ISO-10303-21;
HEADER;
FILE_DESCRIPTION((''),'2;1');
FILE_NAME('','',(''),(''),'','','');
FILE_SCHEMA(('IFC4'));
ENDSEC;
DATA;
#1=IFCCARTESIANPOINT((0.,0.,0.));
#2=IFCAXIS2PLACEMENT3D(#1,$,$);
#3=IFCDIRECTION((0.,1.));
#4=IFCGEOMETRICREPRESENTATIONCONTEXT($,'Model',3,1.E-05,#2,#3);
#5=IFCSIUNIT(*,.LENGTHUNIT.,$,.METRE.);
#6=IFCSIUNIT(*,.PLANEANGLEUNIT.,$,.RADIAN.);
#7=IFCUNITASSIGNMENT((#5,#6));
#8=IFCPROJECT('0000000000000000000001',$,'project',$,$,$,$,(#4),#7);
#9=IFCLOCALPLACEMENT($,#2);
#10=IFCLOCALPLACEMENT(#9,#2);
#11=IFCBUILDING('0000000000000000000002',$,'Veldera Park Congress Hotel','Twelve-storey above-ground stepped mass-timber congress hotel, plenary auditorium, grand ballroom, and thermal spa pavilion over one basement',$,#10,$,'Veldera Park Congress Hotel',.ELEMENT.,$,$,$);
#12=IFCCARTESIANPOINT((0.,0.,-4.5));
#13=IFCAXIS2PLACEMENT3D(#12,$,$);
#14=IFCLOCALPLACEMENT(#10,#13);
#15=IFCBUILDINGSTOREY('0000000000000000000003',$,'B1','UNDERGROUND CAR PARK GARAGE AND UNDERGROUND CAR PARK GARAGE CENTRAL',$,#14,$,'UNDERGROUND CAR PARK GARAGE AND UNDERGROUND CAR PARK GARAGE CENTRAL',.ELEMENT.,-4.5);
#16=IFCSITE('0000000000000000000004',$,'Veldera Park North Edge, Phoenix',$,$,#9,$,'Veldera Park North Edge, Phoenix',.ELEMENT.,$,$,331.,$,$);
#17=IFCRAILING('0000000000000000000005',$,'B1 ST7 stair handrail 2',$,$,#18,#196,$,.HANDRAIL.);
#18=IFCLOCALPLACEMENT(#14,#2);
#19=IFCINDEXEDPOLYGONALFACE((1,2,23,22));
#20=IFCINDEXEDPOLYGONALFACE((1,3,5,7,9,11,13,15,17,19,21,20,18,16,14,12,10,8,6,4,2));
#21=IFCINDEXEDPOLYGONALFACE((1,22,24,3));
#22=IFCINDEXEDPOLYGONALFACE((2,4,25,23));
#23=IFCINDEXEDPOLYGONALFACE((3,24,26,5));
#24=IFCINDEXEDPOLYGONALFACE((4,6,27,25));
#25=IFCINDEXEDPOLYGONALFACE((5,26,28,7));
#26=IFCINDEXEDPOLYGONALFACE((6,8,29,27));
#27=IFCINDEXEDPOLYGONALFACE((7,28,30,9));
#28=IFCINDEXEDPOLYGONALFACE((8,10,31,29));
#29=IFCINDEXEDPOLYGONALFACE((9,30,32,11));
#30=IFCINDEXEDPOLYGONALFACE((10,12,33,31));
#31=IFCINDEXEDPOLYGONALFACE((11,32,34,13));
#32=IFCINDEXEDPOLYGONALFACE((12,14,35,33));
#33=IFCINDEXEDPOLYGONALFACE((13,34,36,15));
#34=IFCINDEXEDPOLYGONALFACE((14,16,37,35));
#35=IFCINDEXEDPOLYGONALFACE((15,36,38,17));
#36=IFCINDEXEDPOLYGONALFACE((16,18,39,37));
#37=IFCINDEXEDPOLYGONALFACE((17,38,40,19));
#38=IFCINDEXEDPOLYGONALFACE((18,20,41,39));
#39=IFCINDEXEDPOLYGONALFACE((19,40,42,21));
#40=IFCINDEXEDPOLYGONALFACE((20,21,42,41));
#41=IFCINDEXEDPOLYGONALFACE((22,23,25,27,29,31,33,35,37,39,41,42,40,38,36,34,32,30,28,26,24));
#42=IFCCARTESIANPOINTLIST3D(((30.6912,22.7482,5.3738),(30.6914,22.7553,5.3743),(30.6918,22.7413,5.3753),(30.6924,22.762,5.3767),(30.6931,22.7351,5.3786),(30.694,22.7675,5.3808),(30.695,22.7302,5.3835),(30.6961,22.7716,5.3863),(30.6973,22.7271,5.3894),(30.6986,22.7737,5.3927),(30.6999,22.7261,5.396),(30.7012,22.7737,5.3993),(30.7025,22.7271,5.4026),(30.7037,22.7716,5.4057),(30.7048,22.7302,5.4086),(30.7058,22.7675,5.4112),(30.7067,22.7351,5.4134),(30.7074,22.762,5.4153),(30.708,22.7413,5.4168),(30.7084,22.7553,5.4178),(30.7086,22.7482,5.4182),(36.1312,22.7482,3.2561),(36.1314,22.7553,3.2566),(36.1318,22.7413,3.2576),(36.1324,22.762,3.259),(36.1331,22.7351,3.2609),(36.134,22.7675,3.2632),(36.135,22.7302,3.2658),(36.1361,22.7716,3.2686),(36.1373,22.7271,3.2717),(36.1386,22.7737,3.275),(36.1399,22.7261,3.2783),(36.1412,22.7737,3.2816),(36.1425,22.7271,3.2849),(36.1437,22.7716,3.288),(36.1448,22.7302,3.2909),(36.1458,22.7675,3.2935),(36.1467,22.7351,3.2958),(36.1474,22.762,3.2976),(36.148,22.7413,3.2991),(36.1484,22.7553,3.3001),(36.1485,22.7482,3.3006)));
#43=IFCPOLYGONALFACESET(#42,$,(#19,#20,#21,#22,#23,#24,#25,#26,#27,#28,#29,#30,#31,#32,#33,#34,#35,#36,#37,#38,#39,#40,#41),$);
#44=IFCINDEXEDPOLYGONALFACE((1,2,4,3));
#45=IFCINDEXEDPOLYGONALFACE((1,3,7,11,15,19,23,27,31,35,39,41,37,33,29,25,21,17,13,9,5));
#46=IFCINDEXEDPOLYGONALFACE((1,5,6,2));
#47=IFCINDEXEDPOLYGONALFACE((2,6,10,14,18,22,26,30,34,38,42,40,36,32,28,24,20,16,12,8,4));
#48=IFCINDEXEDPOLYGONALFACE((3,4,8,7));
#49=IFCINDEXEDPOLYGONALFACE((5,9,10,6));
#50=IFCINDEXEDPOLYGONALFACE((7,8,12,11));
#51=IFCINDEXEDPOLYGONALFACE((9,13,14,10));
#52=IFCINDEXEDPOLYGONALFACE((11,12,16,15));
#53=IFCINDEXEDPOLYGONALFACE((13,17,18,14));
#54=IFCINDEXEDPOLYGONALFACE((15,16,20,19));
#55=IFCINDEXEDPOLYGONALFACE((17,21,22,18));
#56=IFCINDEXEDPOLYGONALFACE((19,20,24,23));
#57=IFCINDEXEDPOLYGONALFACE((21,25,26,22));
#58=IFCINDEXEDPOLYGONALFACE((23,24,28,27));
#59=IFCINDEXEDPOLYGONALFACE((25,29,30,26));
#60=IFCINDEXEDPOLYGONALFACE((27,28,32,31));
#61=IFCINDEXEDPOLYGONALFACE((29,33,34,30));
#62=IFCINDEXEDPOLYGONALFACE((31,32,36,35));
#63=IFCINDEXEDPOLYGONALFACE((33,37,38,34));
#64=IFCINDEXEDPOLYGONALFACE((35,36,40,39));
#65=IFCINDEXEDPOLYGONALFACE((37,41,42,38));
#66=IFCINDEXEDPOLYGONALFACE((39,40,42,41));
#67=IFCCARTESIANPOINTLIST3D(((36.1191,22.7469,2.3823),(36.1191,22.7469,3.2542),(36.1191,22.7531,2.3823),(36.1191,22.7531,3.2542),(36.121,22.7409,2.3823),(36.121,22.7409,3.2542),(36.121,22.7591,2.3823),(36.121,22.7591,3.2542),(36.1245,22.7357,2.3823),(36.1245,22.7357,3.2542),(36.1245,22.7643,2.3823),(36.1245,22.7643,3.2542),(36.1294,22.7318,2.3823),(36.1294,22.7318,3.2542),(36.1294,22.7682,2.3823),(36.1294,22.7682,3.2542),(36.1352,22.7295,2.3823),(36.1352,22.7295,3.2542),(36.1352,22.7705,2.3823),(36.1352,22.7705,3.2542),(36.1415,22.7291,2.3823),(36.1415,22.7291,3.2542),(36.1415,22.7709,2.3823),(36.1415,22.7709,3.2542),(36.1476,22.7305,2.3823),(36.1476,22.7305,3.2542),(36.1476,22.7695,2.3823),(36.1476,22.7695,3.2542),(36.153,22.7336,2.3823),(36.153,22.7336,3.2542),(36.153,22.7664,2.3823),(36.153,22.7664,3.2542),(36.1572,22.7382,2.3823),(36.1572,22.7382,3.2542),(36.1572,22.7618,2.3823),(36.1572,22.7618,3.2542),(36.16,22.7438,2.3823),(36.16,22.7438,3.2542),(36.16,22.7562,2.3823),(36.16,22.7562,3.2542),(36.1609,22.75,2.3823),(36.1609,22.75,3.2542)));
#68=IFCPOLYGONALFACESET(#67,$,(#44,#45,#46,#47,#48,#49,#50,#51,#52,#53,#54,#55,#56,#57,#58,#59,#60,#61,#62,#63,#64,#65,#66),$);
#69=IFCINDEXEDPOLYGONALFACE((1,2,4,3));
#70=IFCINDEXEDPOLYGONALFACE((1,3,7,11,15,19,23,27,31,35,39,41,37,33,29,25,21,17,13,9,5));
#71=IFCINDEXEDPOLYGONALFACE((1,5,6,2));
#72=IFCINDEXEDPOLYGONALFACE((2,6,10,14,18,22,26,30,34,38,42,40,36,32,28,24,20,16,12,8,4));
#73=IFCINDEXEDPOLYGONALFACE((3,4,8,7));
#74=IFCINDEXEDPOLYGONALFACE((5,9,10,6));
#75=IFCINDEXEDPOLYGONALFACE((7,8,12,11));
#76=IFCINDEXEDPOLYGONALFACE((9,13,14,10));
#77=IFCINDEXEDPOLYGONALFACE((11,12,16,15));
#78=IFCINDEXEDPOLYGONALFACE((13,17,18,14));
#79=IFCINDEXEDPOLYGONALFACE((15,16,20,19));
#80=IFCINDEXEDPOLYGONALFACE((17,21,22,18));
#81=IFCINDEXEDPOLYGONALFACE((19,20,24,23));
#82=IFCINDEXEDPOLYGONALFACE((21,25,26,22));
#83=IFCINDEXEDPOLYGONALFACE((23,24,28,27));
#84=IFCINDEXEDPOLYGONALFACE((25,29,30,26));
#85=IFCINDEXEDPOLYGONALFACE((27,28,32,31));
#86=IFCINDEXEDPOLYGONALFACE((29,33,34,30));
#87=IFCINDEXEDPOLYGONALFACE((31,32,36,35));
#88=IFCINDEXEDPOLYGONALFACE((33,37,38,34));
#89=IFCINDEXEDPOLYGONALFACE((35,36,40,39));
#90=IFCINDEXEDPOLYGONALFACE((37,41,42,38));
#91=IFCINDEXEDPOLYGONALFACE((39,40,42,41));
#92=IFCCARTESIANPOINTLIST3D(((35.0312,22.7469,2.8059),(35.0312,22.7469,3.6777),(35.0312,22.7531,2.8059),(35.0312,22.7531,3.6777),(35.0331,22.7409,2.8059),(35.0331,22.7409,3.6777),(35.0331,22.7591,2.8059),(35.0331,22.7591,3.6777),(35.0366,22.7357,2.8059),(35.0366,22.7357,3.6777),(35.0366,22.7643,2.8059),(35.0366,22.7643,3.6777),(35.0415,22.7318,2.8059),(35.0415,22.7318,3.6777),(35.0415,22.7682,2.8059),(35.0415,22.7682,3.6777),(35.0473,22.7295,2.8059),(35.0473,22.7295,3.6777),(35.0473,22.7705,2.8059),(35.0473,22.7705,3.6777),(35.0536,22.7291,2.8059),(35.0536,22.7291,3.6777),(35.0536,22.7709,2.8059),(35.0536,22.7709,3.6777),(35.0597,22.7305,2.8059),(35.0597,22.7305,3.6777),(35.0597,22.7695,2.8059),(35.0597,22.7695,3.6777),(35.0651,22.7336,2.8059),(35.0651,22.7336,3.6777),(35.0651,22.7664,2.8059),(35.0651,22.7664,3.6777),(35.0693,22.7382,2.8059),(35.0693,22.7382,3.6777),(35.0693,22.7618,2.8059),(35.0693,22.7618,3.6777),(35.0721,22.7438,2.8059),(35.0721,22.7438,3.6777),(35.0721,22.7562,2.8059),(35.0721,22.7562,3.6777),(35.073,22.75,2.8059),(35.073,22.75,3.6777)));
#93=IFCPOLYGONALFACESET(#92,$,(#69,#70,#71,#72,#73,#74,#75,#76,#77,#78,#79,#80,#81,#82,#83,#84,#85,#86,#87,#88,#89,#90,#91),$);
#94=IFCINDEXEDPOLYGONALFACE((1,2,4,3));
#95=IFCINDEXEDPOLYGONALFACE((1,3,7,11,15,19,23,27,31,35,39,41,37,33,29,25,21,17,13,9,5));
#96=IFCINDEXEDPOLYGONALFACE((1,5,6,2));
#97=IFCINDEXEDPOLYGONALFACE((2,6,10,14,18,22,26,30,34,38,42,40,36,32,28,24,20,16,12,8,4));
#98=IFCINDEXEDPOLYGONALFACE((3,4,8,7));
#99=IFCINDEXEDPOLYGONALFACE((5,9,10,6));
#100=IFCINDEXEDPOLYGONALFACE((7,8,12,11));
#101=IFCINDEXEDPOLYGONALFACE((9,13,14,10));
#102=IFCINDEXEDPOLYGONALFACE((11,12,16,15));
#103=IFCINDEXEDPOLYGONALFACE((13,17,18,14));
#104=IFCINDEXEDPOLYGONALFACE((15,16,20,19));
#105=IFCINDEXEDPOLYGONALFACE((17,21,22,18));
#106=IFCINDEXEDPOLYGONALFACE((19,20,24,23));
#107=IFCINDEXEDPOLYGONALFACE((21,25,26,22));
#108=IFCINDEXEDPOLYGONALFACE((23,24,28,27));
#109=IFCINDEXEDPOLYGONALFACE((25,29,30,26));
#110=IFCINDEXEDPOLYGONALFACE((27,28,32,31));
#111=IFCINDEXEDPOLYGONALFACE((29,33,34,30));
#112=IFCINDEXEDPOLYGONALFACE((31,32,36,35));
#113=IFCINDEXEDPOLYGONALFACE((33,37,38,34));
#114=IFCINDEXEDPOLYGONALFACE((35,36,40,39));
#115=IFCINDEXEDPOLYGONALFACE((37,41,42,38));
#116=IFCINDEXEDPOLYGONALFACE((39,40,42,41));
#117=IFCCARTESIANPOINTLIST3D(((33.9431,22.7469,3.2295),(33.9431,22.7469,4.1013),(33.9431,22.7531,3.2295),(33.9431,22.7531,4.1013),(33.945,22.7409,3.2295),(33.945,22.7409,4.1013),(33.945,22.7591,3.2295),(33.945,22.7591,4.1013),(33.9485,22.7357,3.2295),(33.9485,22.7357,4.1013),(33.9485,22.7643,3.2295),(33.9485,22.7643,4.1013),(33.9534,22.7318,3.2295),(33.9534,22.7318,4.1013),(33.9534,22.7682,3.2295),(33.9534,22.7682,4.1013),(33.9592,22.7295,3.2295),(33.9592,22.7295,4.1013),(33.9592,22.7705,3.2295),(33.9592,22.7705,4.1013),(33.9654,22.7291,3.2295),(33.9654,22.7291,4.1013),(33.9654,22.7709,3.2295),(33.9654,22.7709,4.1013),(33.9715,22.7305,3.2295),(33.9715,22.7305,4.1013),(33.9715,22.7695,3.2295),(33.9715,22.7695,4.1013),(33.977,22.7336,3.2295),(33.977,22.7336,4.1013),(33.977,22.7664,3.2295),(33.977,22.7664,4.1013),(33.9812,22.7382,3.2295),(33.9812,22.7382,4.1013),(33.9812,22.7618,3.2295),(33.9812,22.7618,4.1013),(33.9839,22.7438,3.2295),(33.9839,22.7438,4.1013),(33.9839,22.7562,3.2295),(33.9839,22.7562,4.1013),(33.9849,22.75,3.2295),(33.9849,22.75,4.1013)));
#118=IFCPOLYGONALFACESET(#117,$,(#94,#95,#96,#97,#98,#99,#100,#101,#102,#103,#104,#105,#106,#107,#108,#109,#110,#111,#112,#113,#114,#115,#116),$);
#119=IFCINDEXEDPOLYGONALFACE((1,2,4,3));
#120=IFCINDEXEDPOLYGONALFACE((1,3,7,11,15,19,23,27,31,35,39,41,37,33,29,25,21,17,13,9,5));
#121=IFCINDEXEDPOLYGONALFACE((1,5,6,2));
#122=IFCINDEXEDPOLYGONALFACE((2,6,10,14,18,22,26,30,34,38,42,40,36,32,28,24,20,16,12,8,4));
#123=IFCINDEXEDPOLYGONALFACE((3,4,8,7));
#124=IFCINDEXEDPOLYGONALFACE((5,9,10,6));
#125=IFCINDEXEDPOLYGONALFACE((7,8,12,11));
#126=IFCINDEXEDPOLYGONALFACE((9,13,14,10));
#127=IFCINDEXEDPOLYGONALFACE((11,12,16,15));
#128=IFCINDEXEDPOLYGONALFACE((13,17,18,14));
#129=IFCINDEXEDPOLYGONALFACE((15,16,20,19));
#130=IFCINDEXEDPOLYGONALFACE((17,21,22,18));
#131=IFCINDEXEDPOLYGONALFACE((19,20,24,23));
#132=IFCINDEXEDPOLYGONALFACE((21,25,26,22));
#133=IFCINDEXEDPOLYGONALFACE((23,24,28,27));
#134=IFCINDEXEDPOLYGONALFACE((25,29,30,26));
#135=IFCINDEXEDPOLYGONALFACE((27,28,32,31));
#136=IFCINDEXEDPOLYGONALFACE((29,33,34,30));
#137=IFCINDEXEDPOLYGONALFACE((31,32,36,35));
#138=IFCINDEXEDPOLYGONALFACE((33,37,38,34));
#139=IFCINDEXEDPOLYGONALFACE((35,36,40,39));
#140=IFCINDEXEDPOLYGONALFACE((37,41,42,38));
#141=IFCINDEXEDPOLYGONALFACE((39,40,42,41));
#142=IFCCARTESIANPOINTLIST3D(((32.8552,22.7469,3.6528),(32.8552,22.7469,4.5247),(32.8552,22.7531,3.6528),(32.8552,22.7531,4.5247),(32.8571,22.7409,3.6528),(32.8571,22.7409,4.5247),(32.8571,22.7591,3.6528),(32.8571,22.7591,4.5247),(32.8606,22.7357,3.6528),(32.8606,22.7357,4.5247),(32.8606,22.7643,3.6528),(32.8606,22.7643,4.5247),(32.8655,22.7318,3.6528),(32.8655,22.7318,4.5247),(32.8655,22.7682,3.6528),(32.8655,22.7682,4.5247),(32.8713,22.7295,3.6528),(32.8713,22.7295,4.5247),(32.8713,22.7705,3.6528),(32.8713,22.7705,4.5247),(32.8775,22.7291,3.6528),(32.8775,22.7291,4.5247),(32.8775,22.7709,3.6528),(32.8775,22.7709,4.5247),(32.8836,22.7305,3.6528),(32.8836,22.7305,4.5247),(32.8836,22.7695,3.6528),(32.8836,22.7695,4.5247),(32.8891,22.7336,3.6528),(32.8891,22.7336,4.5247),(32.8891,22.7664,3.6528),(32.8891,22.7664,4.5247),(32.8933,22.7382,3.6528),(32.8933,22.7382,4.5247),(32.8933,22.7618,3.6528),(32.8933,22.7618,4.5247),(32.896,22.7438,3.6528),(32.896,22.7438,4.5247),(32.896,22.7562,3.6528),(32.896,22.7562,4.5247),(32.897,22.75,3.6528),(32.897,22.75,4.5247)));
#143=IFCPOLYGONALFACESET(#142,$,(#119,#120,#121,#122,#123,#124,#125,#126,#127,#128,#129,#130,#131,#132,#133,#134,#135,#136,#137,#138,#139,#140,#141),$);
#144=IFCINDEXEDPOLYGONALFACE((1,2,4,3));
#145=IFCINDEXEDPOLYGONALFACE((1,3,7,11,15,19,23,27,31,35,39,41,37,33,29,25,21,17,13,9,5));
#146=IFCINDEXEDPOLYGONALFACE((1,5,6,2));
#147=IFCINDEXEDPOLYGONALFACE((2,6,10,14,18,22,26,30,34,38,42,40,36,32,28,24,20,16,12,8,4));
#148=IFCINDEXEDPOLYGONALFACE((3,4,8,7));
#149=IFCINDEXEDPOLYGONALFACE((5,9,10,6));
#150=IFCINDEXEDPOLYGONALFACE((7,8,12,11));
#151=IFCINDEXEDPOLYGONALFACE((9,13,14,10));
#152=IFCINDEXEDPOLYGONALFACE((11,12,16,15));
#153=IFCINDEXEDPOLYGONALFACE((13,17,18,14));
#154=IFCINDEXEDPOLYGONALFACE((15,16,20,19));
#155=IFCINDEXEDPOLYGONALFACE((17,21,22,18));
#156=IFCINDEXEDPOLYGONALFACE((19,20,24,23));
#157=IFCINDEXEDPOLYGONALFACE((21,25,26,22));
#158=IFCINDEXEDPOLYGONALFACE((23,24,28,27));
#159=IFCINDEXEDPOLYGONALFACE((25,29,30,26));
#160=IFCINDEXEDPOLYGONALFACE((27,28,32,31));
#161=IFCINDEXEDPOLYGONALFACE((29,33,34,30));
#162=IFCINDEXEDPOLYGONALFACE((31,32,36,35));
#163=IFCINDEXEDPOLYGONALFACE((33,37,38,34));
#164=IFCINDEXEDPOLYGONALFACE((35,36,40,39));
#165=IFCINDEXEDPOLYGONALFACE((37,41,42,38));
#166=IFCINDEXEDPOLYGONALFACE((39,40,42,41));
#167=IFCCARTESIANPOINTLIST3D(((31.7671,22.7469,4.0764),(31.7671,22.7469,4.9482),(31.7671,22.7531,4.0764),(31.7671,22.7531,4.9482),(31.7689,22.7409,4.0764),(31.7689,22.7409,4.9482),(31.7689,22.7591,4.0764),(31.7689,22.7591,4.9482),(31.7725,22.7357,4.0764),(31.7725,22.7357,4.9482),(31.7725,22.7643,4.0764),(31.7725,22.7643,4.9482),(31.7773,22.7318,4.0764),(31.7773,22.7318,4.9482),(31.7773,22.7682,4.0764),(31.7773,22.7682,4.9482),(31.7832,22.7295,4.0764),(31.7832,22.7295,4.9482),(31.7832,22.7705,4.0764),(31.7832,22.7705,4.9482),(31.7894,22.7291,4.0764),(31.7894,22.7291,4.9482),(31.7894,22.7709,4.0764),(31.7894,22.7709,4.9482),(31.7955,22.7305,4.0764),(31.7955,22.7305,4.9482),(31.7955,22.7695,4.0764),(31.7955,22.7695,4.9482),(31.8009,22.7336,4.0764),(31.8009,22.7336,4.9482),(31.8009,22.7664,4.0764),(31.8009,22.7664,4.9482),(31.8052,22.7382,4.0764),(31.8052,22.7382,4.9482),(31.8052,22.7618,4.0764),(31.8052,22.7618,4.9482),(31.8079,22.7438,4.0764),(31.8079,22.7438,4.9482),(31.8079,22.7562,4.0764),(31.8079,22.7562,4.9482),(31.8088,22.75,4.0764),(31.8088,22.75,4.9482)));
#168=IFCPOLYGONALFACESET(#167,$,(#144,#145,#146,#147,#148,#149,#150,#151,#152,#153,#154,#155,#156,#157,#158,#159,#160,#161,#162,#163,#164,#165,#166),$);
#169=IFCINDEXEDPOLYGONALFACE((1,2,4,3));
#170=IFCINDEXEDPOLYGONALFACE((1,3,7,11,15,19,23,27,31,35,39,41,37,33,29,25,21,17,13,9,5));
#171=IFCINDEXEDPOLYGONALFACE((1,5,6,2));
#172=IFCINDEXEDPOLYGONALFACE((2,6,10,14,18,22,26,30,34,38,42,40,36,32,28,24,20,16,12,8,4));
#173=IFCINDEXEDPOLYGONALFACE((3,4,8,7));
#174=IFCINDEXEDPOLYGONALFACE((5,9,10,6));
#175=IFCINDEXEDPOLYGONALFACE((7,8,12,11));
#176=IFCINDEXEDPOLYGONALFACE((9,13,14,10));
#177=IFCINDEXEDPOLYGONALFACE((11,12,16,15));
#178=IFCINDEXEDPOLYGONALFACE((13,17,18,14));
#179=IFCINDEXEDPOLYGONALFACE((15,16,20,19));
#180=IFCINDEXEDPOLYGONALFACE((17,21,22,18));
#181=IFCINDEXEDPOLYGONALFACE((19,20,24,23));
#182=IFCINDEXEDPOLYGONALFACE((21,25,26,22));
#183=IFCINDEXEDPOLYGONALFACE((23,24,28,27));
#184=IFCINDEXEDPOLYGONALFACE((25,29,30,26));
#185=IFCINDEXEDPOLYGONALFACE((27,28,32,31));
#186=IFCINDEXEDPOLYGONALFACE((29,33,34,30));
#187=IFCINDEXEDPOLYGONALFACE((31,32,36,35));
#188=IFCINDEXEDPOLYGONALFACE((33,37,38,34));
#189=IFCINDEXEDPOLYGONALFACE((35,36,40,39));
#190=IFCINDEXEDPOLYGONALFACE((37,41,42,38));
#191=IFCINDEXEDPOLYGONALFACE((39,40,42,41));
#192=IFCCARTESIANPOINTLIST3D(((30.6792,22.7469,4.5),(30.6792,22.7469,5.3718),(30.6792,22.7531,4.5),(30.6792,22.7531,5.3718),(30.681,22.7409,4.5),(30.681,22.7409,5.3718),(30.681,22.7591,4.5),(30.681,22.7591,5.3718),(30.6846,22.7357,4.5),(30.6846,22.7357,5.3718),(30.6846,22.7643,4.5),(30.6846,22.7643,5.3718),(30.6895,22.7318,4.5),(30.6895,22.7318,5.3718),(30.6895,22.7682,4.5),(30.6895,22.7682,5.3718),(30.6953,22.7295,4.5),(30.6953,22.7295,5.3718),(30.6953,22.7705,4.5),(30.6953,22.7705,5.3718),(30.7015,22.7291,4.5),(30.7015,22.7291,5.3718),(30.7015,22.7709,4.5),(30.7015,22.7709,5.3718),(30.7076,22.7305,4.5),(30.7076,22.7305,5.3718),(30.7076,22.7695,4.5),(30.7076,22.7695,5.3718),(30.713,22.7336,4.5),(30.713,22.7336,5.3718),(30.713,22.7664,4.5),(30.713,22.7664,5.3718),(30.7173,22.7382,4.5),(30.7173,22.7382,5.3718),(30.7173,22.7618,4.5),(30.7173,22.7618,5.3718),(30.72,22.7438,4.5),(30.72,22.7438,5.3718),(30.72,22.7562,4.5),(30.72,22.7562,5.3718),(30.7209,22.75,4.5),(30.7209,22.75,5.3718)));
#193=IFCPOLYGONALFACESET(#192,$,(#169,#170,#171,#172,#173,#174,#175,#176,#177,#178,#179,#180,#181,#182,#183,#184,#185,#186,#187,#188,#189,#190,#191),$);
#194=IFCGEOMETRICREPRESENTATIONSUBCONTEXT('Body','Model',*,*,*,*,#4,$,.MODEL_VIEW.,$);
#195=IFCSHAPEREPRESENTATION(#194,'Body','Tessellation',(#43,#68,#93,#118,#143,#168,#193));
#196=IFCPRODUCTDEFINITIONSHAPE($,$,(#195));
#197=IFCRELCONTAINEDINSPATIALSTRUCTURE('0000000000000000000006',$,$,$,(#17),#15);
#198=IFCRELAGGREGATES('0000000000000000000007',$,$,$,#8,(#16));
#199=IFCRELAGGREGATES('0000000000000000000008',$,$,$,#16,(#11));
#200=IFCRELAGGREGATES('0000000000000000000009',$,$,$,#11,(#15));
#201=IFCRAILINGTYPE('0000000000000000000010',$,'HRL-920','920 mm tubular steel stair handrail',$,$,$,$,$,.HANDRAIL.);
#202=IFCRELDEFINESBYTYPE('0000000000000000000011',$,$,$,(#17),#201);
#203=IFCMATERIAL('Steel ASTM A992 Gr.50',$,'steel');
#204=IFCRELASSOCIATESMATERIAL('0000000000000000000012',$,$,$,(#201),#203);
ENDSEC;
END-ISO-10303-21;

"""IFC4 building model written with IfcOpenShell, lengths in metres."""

from ifc_helpers import new_model, si_unit, direction, frame, origin, origin_2d, place, context, subcontext, project, spatial, circle, extrude, material, type_object, element, save


model = new_model("IFC4")

# Units and contexts
model_context = context("Model", 3, precision=1e-05, world=origin(), true_north=direction((0.0, 1.0)))
body_context = subcontext(model_context, "Body", "Model", "MODEL_VIEW")
ifc_project = project(units=[si_unit("LENGTHUNIT", "METRE"), si_unit("PLANEANGLEUNIT", "RADIAN")], contexts=[model_context])

# Site, building, storey
site_placement = place(None, origin())
site = spatial("IfcSite", under=ifc_project, at=site_placement, Name="Veldera Park North Edge, Phoenix", LongName="Veldera Park North Edge, Phoenix", CompositionType="ELEMENT", RefElevation=331.0)
building_placement = place(site_placement, origin())
building = spatial("IfcBuilding", under=site, at=building_placement, Name="Veldera Park Congress Hotel", Description="Twelve-storey above-ground stepped mass-timber congress hotel, plenary auditorium, grand ballroom, and thermal spa pavilion over one basement", LongName="Veldera Park Congress Hotel", CompositionType="ELEMENT")
storey_placement = place(building_placement, frame((0.0, 0.0, -4.5)))
storey = spatial("IfcBuildingStorey", under=building, at=storey_placement, Name="B1", Description="UNDERGROUND CAR PARK GARAGE AND UNDERGROUND CAR PARK GARAGE CENTRAL", LongName="UNDERGROUND CAR PARK GARAGE AND UNDERGROUND CAR PARK GARAGE CENTRAL", CompositionType="ELEMENT", Elevation=-4.5)

# Railing
ifc_material_1 = material(Name="Steel ASTM A992 Gr.50", Category="steel")
railing_type_1 = type_object("IfcRailingType", Name="HRL-920", Description="920 mm tubular steel stair handrail", PredefinedType="HANDRAIL", material=ifc_material_1)
railing_1_placement = place(storey_placement, frame((36.1399, 22.75, 2.3823)))
element("IfcRailing", 1, at=railing_1_placement, inside=storey, type_object=railing_type_1, Name="B1 ST7 stair handrail 2", PredefinedType="HANDRAIL", context=body_context, shape_type="SweptSolid", body=[
    extrude(circle(Radius=0.0239, at=origin_2d()), frame((0.0, 0.0, 0.896), z_axis=(-0.931881, 0.0, 0.362765), x_axis=(0.0, -1.0, 0.0)), (0.0, 0.0, 1.0), 5.8376),
    extrude(circle(Radius=0.021, at=origin_2d()), origin(), (0.0, 0.0, 1.0), 0.8718),
    extrude(circle(Radius=0.021, at=origin_2d()), frame((-1.0879, 0.0, 0.4236)), (0.0, 0.0, 1.0), 0.8718),
    extrude(circle(Radius=0.021, at=origin_2d()), frame((-2.176, 0.0, 0.8472)), (0.0, 0.0, 1.0), 0.8718),
    extrude(circle(Radius=0.021, at=origin_2d()), frame((-3.2639, 0.0, 1.2705)), (0.0, 0.0, 1.0), 0.8718),
    extrude(circle(Radius=0.021, at=origin_2d()), frame((-4.3521, 0.0, 1.6941)), (0.0, 0.0, 1.0), 0.8718),
    extrude(circle(Radius=0.021, at=origin_2d()), frame((-5.4399, 0.0, 2.1177)), (0.0, 0.0, 1.0), 0.8718),
])

save(model, "model.ifc")
